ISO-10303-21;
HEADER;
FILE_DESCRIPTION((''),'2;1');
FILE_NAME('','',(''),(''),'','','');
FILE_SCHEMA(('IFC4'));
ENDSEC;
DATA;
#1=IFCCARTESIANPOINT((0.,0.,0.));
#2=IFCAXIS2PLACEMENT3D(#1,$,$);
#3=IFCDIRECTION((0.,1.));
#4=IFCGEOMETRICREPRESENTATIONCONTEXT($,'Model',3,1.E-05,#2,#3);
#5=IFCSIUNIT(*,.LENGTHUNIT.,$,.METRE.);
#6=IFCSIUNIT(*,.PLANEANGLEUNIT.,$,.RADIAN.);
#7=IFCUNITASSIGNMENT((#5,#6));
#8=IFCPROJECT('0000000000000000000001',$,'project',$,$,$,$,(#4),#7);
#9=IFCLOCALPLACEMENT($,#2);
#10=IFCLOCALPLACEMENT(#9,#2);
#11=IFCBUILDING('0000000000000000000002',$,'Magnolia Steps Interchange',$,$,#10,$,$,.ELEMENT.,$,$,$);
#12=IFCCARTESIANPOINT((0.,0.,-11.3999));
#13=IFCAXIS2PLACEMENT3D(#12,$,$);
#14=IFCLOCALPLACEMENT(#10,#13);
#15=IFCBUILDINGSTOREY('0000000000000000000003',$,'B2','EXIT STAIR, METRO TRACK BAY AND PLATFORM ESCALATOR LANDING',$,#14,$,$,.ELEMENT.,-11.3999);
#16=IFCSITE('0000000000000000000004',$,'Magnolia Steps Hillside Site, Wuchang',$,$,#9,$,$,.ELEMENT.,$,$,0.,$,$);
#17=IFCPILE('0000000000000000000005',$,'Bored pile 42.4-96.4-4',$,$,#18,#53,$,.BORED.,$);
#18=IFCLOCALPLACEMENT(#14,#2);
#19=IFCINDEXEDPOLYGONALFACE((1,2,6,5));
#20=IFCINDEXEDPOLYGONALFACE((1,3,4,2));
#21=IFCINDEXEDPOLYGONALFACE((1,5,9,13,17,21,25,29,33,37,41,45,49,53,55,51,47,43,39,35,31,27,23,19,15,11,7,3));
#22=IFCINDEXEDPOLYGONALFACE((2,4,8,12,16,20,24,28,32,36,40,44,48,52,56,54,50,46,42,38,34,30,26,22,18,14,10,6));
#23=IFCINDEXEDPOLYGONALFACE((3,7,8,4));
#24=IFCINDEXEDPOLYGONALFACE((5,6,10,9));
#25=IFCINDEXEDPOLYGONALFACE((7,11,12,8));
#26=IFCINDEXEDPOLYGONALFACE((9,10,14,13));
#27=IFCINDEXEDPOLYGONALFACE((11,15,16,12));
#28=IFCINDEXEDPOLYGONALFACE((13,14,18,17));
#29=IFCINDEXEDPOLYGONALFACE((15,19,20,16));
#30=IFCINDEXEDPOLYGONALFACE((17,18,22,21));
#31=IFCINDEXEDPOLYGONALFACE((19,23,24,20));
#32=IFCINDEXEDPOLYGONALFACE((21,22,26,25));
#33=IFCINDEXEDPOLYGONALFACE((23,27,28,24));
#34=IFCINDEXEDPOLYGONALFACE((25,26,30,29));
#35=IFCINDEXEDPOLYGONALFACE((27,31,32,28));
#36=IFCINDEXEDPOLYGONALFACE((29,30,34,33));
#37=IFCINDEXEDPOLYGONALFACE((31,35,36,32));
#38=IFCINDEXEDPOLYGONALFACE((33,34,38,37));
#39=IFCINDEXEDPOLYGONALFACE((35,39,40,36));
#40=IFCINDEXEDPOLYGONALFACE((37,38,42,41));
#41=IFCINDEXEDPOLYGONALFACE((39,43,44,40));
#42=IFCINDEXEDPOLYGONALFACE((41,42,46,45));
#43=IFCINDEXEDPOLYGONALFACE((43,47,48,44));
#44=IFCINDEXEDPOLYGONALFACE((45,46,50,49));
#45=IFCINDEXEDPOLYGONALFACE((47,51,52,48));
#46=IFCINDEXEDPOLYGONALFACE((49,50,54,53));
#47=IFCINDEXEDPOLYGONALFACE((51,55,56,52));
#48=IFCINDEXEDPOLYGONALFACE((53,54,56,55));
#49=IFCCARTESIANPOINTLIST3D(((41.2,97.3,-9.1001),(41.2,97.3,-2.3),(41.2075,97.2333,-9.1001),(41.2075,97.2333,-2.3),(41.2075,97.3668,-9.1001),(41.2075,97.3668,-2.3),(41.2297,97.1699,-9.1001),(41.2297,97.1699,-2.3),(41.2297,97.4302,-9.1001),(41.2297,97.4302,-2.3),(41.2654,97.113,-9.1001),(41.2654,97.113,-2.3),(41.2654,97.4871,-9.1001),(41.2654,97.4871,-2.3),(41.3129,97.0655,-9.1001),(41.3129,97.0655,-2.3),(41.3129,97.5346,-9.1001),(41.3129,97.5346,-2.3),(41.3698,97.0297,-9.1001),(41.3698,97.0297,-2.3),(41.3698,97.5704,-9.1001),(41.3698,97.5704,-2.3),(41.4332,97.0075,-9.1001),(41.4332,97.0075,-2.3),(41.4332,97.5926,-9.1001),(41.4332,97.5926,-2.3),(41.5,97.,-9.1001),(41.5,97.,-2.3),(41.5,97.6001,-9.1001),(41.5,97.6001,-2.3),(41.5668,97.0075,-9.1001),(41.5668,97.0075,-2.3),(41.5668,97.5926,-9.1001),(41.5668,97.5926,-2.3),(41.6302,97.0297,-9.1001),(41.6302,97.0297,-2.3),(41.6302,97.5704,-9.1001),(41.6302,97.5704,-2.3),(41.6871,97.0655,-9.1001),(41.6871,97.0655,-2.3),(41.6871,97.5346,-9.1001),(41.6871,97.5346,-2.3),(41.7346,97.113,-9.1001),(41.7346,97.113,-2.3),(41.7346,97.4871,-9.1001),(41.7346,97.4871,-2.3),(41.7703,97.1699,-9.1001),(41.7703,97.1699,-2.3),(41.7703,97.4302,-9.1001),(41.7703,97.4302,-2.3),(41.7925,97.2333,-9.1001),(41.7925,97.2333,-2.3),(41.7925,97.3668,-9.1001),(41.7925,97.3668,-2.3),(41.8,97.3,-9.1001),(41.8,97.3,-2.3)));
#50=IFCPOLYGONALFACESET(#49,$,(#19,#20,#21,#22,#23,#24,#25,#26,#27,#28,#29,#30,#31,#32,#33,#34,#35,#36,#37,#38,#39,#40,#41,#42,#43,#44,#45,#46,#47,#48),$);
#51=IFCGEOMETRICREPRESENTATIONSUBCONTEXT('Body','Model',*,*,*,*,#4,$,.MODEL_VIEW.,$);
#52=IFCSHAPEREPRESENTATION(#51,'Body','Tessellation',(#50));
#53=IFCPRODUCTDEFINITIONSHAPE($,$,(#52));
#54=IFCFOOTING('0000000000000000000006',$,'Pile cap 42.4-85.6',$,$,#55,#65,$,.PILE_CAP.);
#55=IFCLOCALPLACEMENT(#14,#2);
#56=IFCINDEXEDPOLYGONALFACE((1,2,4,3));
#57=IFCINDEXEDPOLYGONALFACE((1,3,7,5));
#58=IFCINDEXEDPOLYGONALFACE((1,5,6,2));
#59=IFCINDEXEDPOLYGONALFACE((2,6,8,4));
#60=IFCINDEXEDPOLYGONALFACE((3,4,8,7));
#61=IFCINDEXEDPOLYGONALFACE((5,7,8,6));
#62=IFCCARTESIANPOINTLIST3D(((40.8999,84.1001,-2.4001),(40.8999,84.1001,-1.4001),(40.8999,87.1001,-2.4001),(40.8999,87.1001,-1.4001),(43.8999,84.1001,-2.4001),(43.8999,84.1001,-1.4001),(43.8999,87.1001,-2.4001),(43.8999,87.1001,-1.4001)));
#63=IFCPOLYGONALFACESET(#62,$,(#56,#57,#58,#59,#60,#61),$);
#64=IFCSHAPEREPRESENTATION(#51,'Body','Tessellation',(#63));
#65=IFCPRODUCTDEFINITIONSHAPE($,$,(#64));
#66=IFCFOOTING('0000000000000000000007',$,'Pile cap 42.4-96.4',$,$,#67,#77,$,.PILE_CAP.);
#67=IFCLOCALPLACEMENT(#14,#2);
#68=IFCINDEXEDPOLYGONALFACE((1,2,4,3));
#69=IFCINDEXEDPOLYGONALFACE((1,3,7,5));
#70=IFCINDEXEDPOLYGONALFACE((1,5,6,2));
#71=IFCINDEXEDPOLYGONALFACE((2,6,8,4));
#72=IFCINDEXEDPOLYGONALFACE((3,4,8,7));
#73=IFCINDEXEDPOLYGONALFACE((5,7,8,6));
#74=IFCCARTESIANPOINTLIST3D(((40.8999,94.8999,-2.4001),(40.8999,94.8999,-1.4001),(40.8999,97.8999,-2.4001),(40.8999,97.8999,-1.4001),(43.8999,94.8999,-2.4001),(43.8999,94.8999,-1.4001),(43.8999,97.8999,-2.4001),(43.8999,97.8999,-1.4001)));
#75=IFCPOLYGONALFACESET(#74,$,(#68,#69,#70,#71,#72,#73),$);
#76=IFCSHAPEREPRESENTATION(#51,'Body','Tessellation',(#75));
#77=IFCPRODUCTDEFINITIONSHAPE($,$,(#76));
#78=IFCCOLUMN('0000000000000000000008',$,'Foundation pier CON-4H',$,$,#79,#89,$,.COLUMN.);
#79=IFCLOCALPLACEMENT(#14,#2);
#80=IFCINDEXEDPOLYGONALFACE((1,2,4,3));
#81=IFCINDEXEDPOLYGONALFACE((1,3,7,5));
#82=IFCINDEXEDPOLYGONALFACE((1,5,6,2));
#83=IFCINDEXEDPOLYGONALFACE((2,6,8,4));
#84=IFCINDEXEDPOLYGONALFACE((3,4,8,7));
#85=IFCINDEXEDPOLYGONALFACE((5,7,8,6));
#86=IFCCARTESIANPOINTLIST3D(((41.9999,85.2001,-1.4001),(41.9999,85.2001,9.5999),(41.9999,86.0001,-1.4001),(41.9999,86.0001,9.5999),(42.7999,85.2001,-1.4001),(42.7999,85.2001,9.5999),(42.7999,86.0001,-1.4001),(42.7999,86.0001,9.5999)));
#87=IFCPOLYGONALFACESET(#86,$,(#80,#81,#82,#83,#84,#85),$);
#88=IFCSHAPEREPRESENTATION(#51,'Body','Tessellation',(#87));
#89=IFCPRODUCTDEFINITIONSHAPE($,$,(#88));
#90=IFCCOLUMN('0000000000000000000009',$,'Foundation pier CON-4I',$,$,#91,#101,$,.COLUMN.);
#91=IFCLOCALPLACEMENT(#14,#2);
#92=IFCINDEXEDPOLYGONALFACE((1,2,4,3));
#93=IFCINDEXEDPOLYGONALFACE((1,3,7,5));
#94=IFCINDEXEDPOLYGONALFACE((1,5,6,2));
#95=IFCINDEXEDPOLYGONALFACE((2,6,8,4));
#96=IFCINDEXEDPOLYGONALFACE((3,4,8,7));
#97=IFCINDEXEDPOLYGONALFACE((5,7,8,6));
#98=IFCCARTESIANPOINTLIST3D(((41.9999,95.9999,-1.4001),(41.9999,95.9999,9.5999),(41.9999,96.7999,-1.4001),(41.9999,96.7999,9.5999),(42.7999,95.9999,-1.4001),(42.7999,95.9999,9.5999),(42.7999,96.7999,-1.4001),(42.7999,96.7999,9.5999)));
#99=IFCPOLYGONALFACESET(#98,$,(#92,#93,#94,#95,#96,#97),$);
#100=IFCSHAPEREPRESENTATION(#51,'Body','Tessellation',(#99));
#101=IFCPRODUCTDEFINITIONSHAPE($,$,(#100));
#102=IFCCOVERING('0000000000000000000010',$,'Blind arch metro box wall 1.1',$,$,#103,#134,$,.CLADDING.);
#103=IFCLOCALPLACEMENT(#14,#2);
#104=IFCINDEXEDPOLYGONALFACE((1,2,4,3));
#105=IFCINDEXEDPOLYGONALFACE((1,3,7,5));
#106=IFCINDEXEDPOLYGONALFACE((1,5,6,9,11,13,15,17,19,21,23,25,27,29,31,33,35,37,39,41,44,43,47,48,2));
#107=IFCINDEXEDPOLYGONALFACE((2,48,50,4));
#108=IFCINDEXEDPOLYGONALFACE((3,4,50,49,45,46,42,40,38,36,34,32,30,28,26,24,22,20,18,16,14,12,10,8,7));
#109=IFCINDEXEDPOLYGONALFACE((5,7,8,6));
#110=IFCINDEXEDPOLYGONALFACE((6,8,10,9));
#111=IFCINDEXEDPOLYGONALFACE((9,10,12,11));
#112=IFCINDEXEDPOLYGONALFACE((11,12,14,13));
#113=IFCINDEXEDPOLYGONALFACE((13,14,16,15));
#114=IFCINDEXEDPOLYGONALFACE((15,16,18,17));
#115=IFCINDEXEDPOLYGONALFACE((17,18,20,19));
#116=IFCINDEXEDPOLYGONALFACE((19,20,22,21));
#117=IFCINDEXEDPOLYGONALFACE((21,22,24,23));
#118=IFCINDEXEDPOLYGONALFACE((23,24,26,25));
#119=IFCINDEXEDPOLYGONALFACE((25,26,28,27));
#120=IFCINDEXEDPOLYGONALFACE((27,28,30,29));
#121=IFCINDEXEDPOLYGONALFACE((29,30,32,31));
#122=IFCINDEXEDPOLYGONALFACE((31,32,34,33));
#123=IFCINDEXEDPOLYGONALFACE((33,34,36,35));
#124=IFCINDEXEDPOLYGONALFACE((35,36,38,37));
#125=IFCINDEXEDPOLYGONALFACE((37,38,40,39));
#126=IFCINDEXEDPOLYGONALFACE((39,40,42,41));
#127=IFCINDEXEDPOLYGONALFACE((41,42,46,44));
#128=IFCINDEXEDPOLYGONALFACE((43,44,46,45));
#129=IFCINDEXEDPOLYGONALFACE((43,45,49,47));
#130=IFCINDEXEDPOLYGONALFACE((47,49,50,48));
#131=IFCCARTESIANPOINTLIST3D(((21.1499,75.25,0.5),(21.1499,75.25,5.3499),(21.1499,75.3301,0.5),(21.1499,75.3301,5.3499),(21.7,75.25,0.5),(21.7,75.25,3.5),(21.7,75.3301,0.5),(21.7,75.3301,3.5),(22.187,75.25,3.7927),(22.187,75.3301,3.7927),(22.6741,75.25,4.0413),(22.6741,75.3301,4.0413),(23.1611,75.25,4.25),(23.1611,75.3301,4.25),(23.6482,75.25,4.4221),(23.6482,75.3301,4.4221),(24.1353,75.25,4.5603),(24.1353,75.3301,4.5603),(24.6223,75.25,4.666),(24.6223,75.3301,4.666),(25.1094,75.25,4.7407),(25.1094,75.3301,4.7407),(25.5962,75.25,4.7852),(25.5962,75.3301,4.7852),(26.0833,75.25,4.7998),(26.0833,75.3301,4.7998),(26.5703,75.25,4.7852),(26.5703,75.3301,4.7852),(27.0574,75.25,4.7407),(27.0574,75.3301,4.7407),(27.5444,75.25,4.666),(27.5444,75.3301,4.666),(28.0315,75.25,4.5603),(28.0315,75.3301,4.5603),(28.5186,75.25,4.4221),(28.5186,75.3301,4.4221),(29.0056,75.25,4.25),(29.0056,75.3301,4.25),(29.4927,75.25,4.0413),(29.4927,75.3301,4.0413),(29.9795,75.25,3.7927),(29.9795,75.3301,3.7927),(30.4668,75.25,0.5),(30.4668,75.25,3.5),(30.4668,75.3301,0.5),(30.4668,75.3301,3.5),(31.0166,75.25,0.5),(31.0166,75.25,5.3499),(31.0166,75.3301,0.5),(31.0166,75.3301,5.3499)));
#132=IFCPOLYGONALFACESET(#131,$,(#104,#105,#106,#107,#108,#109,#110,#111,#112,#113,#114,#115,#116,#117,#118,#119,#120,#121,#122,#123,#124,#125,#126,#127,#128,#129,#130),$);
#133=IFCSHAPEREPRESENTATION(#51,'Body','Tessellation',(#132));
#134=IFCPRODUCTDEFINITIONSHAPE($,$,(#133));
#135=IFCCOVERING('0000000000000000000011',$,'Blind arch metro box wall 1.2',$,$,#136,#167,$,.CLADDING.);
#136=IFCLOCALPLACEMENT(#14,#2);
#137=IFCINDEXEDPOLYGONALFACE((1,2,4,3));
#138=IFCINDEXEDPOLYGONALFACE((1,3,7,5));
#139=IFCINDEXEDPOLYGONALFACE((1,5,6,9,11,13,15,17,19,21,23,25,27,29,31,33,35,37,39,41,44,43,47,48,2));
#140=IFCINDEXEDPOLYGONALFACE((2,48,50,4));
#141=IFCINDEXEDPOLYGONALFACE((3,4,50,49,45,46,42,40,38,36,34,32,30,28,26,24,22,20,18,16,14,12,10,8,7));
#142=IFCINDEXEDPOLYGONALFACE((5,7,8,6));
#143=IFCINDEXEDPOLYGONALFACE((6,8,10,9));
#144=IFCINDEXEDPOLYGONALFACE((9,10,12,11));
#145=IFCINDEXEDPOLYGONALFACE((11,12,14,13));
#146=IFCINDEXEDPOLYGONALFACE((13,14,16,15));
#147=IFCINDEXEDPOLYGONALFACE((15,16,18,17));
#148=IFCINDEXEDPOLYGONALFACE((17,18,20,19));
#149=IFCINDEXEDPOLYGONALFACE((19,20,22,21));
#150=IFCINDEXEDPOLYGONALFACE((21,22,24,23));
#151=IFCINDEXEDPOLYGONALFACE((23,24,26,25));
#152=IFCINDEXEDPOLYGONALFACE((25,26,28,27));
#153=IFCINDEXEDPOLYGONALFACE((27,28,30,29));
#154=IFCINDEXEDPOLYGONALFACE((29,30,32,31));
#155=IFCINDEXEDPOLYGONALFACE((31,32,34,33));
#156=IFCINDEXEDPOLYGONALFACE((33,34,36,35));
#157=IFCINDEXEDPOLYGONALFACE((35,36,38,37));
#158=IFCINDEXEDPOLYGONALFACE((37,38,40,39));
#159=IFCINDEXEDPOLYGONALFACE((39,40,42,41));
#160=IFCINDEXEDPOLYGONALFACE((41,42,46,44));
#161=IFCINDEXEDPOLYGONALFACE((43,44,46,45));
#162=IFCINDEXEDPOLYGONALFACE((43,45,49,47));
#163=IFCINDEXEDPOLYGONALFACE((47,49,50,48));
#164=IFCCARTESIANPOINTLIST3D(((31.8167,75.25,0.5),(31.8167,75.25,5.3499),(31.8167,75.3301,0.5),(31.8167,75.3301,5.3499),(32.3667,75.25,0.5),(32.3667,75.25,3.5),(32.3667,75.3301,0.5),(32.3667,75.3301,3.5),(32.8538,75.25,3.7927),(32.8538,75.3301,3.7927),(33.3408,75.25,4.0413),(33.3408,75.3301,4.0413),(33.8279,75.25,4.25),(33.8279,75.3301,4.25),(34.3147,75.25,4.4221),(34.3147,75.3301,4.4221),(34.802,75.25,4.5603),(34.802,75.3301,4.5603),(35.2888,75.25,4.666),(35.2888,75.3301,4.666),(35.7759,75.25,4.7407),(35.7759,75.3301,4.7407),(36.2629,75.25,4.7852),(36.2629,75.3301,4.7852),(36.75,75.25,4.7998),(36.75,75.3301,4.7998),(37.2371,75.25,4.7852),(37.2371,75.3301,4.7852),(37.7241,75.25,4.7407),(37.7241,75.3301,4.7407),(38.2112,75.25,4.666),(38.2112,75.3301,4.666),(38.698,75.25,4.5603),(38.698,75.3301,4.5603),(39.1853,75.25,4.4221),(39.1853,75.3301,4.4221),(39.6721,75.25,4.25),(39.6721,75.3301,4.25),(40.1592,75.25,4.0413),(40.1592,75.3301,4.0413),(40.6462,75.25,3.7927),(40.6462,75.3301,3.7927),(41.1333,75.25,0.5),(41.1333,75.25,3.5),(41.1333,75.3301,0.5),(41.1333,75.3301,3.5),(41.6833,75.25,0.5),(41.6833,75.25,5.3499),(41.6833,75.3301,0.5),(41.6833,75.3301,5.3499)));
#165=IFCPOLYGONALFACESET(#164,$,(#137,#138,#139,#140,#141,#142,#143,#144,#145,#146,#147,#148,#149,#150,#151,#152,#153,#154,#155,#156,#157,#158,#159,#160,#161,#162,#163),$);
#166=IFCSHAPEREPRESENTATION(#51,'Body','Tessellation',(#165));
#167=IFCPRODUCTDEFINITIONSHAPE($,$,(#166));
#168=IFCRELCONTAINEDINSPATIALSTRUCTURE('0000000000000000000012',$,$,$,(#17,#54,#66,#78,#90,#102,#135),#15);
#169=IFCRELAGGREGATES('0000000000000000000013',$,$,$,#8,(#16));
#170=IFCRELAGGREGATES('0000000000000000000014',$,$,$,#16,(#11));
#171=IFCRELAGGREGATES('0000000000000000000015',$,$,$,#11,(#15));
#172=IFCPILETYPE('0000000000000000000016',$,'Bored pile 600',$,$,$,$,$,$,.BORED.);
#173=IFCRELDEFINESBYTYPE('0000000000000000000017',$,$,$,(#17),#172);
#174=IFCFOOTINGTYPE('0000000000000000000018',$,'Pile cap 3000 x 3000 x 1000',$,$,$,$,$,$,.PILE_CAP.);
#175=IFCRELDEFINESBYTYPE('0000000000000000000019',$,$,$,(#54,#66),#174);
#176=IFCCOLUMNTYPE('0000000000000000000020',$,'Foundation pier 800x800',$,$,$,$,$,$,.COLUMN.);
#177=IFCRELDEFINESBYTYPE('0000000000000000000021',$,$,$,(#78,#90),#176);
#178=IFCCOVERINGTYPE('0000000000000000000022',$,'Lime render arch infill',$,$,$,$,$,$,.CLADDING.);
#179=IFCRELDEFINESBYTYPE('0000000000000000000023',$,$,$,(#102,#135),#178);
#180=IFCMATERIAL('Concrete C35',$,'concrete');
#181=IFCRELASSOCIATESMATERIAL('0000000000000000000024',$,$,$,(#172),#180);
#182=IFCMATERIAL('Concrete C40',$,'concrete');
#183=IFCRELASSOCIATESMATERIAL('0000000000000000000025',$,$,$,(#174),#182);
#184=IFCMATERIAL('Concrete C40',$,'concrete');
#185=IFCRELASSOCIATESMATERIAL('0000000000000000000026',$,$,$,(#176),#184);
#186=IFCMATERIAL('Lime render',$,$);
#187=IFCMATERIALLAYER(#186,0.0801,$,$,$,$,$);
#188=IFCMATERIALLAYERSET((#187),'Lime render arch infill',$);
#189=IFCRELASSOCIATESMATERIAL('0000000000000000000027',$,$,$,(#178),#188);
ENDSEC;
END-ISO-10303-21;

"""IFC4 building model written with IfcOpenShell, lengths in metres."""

from ifc_helpers import new_model, si_unit, direction, frame, origin, origin_2d, place, context, subcontext, project, spatial, polyline, rectangle, circle, outline, extrude, material, layer, layer_set, material_profile, profile_set, type_object, element, save


model = new_model("IFC4")

# Units and contexts
model_context = context("Model", 3, precision=1e-05, world=origin(), true_north=direction((0.0, 1.0)))
body_context = subcontext(model_context, "Body", "Model", "MODEL_VIEW")
ifc_project = project(units=[si_unit("LENGTHUNIT", "METRE"), si_unit("PLANEANGLEUNIT", "RADIAN")], contexts=[model_context])

# Site, building, storey
site_placement = place(None, origin())
site = spatial("IfcSite", under=ifc_project, at=site_placement, Name="Magnolia Steps Hillside Site, Wuchang", CompositionType="ELEMENT", RefElevation=0.0)
building_placement = place(site_placement, origin())
building = spatial("IfcBuilding", under=site, at=building_placement, Name="Magnolia Steps Interchange", CompositionType="ELEMENT")
storey_placement = place(building_placement, frame((0.0, 0.0, -11.3999)))
storey = spatial("IfcBuildingStorey", under=building, at=storey_placement, Name="B2", Description="EXIT STAIR, METRO TRACK BAY AND PLATFORM ESCALATOR LANDING", CompositionType="ELEMENT", Elevation=-11.3999)

# Pile
ifc_material_1 = material(Name="Concrete C35", Category="concrete")
ifc_material_profile_1 = material_profile(ifc_material_1, circle(Radius=0.3, at=origin_2d()), Name="Bored pile 600")
ifc_profile_set_1 = profile_set([ifc_material_profile_1], Name="Concrete C35")
pile_type = type_object("IfcPileType", Name="Bored pile 600", PredefinedType="BORED", material=ifc_profile_set_1)
for number, where, z_axis, x_axis, name in (
    (1, (41.5, 97.3, -2.3), (0.0, 0.0, -1.0), (1.0, 0.0, 0.0), "Bored pile 42.4-96.4-4"),
):
    element("IfcPile", number, at=place(storey_placement, frame(where, z_axis=z_axis, x_axis=x_axis)), inside=storey, type_object=pile_type, Name=name, PredefinedType="BORED", context=body_context, shape_type="SweptSolid", body=[
        extrude(circle(Radius=0.3, at=origin_2d()), origin(), (0.0, 0.0, 1.0), 6.8),
    ])

# Footings
ifc_material_2 = material(Name="Concrete C40", Category="concrete")
footing_type = type_object("IfcFootingType", Name="Pile cap 3000 x 3000 x 1000", PredefinedType="PILE_CAP", material=ifc_material_2)
for number, where, z_axis, x_axis, name in (
    (2, (42.3999, 85.6001, -2.4001), (0.0, 0.0, 1.0), (1.0, 0.0, 0.0), "Pile cap 42.4-85.6"),
    (3, (42.3999, 96.3999, -2.4001), (0.0, 0.0, 1.0), (1.0, 0.0, 0.0), "Pile cap 42.4-96.4"),
):
    element("IfcFooting", number, at=place(storey_placement, frame(where, z_axis=z_axis, x_axis=x_axis)), inside=storey, type_object=footing_type, Name=name, PredefinedType="PILE_CAP", context=body_context, shape_type="SweptSolid", body=[
        extrude(rectangle(XDim=3.0, YDim=3.0, at=origin_2d()), origin(), (0.0, 0.0, 1.0), 1.0),
    ])

# Columns
ifc_material_3 = material(Name="Concrete C40", Category="concrete")
ifc_material_profile_2 = material_profile(ifc_material_3, rectangle(XDim=0.8, YDim=0.8, at=origin_2d()), Name="RC800x800")
ifc_profile_set_2 = profile_set([ifc_material_profile_2], Name="Concrete C40")
column_type = type_object("IfcColumnType", Name="Foundation pier 800x800", PredefinedType="COLUMN", material=ifc_profile_set_2)
for number, where, z_axis, x_axis, name in (
    (4, (42.3999, 85.6001, -1.4001), (0.0, 0.0, 1.0), (1.0, 0.0, 0.0), "Foundation pier CON-4H"),
    (5, (42.3999, 96.3999, -1.4001), (0.0, 0.0, 1.0), (1.0, 0.0, 0.0), "Foundation pier CON-4I"),
):
    element("IfcColumn", number, at=place(storey_placement, frame(where, z_axis=z_axis, x_axis=x_axis)), inside=storey, type_object=column_type, Name=name, PredefinedType="COLUMN", context=body_context, shape_type="SweptSolid", body=[
        extrude(rectangle(XDim=0.8, YDim=0.8, at=origin_2d()), origin(), (0.0, 0.0, 1.0), 11.0),
    ])

# Coverings
ifc_material_4 = material(Name="Lime render")
ifc_layer_1 = layer(ifc_material_4, 0.0801)
ifc_layer_set_1 = layer_set([ifc_layer_1], Name="Lime render arch infill")
covering_type_1 = type_object("IfcCoveringType", Name="Lime render arch infill", PredefinedType="CLADDING", material=ifc_layer_set_1)
covering_1_placement = place(storey_placement, frame((21.7, 75.25, 0.5), z_axis=(0.0, -1.0, 0.0), x_axis=(0.0, 0.0, 1.0)))
element("IfcCovering", 6, at=covering_1_placement, inside=storey, type_object=covering_type_1, Name="Blind arch metro box wall 1.1", PredefinedType="CLADDING", context=body_context, shape_type="SweptSolid", body=[
    extrude(outline(polyline([(0.0, 0.0), (3.0, 0.0), (3.2927, -0.4871), (3.5413, -0.9741), (3.75, -1.4612), (3.9221, -1.9482), (4.0603, -2.4353), (4.166, -2.9224), (4.2407, -3.4094), (4.2852, -3.8962), (4.2998, -4.3833), (4.2852, -4.8704), (4.2407, -5.3574), (4.166, -5.8445), (4.0603, -6.3315), (3.9221, -6.8186), (3.75, -7.3057), (3.5413, -7.7927), (3.2927, -8.2795), (3.0, -8.7668), (0.0, -8.7668), (0.0, -9.3167), (4.8499, -9.3167), (4.8499, 0.55), (0.0, 0.55), (0.0, 0.0)])), origin(), (0.0, 0.0, -1.0), 0.0801),
])
covering_2_placement = place(storey_placement, frame((32.3667, 75.25, 0.5), z_axis=(0.0, -1.0, 0.0), x_axis=(0.0, 0.0, 1.0)))
element("IfcCovering", 7, at=covering_2_placement, inside=storey, type_object=covering_type_1, Name="Blind arch metro box wall 1.2", PredefinedType="CLADDING", context=body_context, shape_type="SweptSolid", body=[
    extrude(outline(polyline([(0.0, 0.0), (3.0, 0.0), (3.2927, -0.4871), (3.5413, -0.9741), (3.75, -1.4612), (3.9221, -1.948), (4.0603, -2.4353), (4.166, -2.9221), (4.2407, -3.4092), (4.2852, -3.8962), (4.2998, -4.3833), (4.2852, -4.8704), (4.2407, -5.3574), (4.166, -5.8445), (4.0603, -6.3313), (3.9221, -6.8186), (3.75, -7.3054), (3.5413, -7.7925), (3.2927, -8.2795), (3.0, -8.7666), (0.0, -8.7666), (0.0, -9.3167), (4.8499, -9.3167), (4.8499, 0.55), (0.0, 0.55), (0.0, 0.0)])), origin(), (0.0, 0.0, -1.0), 0.0801),
])

save(model, "model.ifc")
